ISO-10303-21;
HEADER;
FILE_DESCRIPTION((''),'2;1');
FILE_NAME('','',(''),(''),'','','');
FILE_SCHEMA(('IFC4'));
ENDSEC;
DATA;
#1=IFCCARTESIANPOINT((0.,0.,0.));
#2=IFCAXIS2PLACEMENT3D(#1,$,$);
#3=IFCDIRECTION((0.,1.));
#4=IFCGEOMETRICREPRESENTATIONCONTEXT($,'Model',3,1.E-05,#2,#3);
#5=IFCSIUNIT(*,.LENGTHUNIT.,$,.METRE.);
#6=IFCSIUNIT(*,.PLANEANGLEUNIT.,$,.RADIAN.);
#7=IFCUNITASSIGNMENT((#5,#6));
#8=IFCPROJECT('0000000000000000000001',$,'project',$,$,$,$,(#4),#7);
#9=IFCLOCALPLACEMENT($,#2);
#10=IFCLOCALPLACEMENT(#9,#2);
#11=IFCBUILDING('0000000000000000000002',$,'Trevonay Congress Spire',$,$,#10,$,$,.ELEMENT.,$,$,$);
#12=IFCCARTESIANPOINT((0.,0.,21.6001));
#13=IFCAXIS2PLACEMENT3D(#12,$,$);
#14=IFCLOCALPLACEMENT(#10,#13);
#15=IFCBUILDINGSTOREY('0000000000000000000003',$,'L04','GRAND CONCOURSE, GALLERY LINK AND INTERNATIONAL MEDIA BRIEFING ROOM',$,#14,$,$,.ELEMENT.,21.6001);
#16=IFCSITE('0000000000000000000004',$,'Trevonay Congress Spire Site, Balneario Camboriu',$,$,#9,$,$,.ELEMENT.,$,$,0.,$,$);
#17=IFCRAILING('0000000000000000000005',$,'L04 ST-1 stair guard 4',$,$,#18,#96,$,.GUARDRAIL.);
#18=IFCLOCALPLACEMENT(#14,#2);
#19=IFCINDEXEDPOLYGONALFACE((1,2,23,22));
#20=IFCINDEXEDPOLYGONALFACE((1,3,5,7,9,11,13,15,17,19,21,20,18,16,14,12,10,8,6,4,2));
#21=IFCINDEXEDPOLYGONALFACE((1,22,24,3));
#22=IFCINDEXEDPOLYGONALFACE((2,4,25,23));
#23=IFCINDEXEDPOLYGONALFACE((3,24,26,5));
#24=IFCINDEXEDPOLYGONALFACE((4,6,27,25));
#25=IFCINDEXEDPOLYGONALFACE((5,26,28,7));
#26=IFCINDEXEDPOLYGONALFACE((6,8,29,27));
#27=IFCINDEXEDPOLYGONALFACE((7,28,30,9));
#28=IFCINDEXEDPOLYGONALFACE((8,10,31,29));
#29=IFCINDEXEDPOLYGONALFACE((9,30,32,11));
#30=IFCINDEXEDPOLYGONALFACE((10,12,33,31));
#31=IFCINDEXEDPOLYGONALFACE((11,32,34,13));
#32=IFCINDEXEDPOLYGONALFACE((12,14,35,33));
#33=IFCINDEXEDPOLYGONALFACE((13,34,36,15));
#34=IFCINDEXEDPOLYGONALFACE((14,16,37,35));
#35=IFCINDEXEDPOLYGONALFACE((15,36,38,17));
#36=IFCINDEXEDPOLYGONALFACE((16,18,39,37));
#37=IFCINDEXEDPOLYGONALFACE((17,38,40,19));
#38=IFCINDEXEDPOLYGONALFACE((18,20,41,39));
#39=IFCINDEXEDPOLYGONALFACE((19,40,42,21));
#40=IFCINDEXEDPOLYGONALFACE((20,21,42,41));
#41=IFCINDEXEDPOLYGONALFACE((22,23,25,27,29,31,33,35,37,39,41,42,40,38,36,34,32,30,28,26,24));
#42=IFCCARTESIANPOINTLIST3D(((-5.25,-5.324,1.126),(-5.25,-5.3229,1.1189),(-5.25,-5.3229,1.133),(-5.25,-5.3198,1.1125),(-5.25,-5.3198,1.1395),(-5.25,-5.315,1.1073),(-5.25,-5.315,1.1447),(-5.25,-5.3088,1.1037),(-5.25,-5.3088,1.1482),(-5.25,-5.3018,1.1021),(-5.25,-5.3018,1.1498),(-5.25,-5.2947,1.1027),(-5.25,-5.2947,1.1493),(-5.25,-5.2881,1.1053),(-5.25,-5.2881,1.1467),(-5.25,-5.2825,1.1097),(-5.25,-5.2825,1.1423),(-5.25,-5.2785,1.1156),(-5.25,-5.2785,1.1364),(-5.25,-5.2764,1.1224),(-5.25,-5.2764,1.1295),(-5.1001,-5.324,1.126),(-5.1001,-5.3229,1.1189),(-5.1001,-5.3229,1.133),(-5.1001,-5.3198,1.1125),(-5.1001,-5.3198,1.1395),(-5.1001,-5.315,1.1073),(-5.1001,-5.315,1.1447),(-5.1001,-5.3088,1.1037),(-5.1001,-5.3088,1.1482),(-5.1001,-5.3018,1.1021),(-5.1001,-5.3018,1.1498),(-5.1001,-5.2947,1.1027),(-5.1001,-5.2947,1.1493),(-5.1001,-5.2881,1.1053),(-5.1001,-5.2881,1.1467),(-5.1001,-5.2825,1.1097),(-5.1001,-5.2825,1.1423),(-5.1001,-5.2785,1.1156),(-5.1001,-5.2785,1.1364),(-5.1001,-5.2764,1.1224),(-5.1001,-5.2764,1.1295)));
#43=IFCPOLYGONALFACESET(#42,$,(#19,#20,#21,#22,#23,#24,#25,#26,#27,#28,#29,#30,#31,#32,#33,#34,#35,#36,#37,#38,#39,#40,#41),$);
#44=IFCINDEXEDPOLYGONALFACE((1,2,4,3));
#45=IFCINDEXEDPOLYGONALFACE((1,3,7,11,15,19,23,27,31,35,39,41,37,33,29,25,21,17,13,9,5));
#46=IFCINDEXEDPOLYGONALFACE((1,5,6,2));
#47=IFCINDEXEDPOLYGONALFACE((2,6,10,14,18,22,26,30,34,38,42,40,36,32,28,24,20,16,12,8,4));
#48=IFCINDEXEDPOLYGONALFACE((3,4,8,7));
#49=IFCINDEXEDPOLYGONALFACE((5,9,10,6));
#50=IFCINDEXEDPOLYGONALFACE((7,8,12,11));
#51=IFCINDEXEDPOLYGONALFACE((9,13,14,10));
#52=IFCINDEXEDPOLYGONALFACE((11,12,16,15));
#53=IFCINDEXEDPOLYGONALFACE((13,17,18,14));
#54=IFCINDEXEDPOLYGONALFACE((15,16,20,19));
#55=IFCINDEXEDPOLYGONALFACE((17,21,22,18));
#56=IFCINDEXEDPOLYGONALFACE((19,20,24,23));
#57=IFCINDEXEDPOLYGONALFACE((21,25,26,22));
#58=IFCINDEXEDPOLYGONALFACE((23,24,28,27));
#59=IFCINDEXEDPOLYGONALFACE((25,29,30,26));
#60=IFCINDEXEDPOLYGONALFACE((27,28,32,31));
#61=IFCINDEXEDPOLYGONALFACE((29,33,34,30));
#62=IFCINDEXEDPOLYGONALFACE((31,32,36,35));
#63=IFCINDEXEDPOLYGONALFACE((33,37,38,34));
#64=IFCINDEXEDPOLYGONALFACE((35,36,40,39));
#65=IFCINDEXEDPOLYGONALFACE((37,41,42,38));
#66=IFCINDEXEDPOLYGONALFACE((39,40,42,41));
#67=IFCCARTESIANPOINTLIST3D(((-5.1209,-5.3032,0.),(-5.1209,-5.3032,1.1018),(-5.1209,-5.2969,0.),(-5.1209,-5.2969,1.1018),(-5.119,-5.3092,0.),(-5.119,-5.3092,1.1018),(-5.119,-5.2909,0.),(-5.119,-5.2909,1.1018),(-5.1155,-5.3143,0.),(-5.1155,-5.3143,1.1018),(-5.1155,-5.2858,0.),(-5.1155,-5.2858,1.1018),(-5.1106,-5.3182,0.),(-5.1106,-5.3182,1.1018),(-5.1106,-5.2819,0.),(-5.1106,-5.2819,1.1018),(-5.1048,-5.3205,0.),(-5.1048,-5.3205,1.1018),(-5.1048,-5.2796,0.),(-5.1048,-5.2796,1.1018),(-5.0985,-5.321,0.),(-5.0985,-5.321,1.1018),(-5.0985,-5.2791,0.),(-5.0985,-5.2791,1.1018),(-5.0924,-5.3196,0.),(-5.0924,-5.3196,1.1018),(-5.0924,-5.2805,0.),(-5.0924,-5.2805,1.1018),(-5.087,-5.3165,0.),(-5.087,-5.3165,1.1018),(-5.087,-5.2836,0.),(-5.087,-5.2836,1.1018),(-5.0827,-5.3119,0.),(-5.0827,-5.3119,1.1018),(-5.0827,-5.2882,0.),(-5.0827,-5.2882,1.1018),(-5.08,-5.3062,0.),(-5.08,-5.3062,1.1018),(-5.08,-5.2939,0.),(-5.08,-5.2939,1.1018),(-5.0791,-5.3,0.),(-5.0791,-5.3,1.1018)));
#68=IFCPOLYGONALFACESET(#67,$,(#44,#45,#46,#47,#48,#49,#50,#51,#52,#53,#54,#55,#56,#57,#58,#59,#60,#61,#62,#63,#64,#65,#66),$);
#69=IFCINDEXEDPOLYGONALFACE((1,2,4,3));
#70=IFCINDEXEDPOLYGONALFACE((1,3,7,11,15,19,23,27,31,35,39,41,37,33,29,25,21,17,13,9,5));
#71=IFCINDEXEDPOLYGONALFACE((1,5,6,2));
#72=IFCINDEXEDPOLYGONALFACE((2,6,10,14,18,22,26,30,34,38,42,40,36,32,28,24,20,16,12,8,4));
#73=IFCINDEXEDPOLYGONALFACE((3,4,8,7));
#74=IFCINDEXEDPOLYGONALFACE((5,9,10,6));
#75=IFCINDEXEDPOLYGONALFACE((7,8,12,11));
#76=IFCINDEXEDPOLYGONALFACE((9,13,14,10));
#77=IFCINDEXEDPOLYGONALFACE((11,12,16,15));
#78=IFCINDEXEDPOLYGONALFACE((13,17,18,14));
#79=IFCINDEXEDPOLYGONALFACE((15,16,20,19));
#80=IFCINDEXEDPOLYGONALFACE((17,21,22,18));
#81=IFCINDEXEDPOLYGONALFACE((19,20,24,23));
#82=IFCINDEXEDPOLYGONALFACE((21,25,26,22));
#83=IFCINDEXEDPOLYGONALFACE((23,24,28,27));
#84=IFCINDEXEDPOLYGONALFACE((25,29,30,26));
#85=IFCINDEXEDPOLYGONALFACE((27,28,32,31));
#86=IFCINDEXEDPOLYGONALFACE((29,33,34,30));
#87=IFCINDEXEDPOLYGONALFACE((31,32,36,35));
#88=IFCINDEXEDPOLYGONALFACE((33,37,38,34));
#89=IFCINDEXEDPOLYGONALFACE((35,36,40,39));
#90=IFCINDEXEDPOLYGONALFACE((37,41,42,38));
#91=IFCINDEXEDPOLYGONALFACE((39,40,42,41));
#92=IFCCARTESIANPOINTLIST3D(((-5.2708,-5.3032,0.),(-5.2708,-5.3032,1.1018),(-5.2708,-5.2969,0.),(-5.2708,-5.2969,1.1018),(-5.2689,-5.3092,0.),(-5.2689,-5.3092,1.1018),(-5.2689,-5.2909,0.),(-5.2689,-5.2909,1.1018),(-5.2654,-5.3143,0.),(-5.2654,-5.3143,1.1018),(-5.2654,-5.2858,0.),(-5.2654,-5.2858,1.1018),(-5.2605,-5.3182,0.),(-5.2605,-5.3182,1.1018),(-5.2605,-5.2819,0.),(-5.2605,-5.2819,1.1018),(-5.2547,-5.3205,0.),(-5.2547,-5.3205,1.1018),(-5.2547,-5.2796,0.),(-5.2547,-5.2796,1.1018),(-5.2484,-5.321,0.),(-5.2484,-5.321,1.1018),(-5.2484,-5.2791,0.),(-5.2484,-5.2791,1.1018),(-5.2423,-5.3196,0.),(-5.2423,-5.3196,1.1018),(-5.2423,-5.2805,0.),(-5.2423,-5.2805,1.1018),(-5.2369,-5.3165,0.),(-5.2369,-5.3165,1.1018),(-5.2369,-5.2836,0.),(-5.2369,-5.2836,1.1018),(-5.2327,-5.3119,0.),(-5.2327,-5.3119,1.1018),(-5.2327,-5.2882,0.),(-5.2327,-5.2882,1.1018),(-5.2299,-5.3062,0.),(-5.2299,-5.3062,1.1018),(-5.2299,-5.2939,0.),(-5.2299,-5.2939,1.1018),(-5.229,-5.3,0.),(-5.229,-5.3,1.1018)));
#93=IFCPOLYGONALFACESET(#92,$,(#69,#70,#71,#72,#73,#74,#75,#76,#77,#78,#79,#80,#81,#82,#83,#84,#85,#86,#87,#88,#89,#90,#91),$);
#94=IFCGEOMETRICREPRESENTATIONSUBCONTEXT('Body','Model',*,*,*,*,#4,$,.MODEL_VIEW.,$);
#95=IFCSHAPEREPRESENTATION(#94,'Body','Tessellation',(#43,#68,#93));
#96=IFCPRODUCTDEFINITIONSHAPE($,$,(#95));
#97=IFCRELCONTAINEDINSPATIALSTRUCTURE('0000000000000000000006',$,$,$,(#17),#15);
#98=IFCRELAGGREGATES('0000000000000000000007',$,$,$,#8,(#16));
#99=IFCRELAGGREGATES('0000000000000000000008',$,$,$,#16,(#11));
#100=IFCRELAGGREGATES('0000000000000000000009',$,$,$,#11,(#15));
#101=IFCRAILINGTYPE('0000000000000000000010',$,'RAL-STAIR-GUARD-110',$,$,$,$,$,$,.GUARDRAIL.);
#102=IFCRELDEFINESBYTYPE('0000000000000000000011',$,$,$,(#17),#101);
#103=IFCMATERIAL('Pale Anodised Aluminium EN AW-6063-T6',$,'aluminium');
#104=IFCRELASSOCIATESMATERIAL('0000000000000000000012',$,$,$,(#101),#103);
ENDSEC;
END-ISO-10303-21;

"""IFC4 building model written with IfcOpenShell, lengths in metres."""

from ifc_helpers import new_model, si_unit, direction, frame, origin, origin_2d, place, context, subcontext, project, spatial, circle, extrude, material, type_object, element, save


model = new_model("IFC4")

# Units and contexts
model_context = context("Model", 3, precision=1e-05, world=origin(), true_north=direction((0.0, 1.0)))
body_context = subcontext(model_context, "Body", "Model", "MODEL_VIEW")
ifc_project = project(units=[si_unit("LENGTHUNIT", "METRE"), si_unit("PLANEANGLEUNIT", "RADIAN")], contexts=[model_context])

# Site, building, storey
site_placement = place(None, origin())
site = spatial("IfcSite", under=ifc_project, at=site_placement, Name="Trevonay Congress Spire Site, Balneario Camboriu", CompositionType="ELEMENT", RefElevation=0.0)
building_placement = place(site_placement, origin())
building = spatial("IfcBuilding", under=site, at=building_placement, Name="Trevonay Congress Spire", CompositionType="ELEMENT")
storey_placement = place(building_placement, frame((0.0, 0.0, 21.6001)))
storey = spatial("IfcBuildingStorey", under=building, at=storey_placement, Name="L04", Description="GRAND CONCOURSE, GALLERY LINK AND INTERNATIONAL MEDIA BRIEFING ROOM", CompositionType="ELEMENT", Elevation=21.6001)

# Shared definitions
ifc_material_1 = material(Name="Pale Anodised Aluminium EN AW-6063-T6", Category="aluminium")

# Railing
railing_type_1 = type_object("IfcRailingType", Name="RAL-STAIR-GUARD-110", PredefinedType="GUARDRAIL", material=ifc_material_1)
railing_1_placement = place(storey_placement, frame((-5.1001, -5.3, 0.0)))
element("IfcRailing", 1, at=railing_1_placement, inside=storey, type_object=railing_type_1, Name="L04 ST-1 stair guard 4", PredefinedType="GUARDRAIL", context=body_context, shape_type="SweptSolid", body=[
    extrude(circle(Radius=0.0239, at=origin_2d()), frame((0.0, 0.0, 1.126), z_axis=(-1.0, 0.0, 0.0), x_axis=(0.0, -1.0, 0.0)), (0.0, 0.0, 1.0), 0.1499),
    extrude(circle(Radius=0.021, at=origin_2d()), origin(), (0.0, 0.0, 1.0), 1.1018),
    extrude(circle(Radius=0.021, at=origin_2d()), frame((-0.1499, 0.0, 0.0)), (0.0, 0.0, 1.0), 1.1018),
])

save(model, "model.ifc")
